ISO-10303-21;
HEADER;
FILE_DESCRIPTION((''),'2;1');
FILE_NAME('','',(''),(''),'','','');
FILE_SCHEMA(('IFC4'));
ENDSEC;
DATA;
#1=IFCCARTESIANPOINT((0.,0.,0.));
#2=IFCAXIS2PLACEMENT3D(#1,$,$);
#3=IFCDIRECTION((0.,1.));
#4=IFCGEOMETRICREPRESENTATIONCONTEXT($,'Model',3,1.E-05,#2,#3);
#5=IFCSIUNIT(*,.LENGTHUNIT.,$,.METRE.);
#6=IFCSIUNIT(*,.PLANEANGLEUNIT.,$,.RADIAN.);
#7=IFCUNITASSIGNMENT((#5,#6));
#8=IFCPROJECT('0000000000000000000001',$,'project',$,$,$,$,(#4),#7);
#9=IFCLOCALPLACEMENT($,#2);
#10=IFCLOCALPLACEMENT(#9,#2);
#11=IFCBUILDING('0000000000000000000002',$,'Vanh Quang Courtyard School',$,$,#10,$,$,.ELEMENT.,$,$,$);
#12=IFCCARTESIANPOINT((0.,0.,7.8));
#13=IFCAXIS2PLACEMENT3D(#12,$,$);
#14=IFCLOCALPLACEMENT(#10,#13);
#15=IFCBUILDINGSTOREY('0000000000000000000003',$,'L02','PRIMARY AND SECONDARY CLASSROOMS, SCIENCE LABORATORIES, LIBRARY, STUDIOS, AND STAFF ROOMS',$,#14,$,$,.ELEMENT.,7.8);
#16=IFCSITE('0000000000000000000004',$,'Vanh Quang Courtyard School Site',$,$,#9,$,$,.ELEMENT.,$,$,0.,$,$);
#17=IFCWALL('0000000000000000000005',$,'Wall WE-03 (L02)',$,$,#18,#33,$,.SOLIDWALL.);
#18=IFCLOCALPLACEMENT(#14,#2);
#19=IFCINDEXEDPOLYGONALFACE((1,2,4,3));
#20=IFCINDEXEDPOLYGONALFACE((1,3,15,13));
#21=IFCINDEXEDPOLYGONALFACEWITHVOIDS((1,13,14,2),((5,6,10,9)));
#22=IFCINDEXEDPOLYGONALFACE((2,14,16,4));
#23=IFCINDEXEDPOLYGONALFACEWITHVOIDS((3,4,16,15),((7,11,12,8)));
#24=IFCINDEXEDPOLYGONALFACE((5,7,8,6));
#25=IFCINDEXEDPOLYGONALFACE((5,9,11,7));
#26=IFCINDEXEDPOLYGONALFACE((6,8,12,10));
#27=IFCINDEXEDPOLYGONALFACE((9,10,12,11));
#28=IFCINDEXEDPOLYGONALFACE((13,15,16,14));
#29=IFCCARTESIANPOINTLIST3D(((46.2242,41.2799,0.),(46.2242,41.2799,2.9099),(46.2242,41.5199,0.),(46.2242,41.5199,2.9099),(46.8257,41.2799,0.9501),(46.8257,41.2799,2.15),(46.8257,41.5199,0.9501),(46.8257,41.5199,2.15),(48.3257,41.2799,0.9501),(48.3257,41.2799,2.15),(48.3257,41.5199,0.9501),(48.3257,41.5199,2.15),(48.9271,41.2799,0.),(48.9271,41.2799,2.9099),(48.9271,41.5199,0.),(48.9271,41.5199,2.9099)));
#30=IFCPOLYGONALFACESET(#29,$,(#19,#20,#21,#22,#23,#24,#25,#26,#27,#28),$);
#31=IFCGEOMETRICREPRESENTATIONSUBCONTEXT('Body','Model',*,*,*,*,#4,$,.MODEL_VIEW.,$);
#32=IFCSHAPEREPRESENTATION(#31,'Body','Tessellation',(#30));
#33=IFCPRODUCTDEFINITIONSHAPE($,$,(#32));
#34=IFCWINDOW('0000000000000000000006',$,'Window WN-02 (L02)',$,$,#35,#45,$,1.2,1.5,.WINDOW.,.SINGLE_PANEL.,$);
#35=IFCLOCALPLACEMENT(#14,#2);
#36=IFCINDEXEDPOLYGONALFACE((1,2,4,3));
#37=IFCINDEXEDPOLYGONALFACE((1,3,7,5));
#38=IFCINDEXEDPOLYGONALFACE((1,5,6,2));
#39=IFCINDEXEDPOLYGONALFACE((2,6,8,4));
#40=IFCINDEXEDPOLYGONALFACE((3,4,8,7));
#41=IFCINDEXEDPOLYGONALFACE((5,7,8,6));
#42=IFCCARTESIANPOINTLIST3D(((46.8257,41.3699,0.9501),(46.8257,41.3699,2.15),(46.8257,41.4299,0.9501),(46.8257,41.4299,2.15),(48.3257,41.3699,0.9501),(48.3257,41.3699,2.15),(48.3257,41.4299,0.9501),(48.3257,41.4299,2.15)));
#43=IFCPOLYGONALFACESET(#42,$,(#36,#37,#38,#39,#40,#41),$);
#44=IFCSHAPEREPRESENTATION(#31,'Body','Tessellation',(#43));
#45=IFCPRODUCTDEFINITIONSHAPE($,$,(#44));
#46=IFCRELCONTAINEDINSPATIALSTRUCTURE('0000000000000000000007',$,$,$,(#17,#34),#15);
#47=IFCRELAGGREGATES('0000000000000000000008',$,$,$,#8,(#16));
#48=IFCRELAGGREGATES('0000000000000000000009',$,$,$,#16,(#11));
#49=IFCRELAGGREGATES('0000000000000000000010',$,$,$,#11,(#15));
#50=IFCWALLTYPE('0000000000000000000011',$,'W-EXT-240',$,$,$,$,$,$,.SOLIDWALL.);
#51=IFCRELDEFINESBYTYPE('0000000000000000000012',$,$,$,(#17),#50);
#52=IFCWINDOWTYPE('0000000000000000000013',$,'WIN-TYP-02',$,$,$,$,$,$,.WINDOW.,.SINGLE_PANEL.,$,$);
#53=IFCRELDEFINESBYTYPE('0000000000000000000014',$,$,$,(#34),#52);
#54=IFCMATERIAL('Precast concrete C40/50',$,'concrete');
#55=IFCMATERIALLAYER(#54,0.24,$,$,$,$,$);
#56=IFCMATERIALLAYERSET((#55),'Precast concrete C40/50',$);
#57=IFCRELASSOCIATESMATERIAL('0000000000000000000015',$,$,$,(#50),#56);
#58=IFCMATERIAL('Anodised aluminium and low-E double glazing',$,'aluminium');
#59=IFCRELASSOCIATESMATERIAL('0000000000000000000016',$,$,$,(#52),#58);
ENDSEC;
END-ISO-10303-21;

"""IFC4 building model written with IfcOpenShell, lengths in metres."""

from ifc_helpers import new_model, si_unit, direction, frame, frame_2d, origin, place, context, subcontext, project, spatial, rectangle, extrude, material, layer, layer_set, type_object, element, fill, save


model = new_model("IFC4")

# Units and contexts
model_context = context("Model", 3, precision=1e-05, world=origin(), true_north=direction((0.0, 1.0)))
body_context = subcontext(model_context, "Body", "Model", "MODEL_VIEW")
ifc_project = project(units=[si_unit("LENGTHUNIT", "METRE"), si_unit("PLANEANGLEUNIT", "RADIAN")], contexts=[model_context])

# Site, building, storey
site_placement = place(None, origin())
site = spatial("IfcSite", under=ifc_project, at=site_placement, Name="Vanh Quang Courtyard School Site", CompositionType="ELEMENT", RefElevation=0.0)
building_placement = place(site_placement, origin())
building = spatial("IfcBuilding", under=site, at=building_placement, Name="Vanh Quang Courtyard School", CompositionType="ELEMENT")
storey_placement = place(building_placement, frame((0.0, 0.0, 7.8)))
storey = spatial("IfcBuildingStorey", under=building, at=storey_placement, Name="L02", Description="PRIMARY AND SECONDARY CLASSROOMS, SCIENCE LABORATORIES, LIBRARY, STUDIOS, AND STAFF ROOMS", CompositionType="ELEMENT", Elevation=7.8)

# Shared definitions
ifc_material_1 = material(Name="Precast concrete C40/50", Category="concrete")
ifc_layer_1 = layer(ifc_material_1, 0.24)
ifc_layer_set_1 = layer_set([ifc_layer_1], Name="Precast concrete C40/50")
wall_type_1 = type_object("IfcWallType", Name="W-EXT-240", PredefinedType="SOLIDWALL", material=ifc_layer_set_1)

# Wall, opening, window
wall_1_placement = place(storey_placement, frame((46.2241, 41.3999, 0.0), z_axis=(0.0, 0.0, 1.0), x_axis=(1.0, 0.0, 0.0)))
wall_1 = element("IfcWall", 1, at=wall_1_placement, inside=storey, type_object=wall_type_1, Name="Wall WE-03 (L02)", PredefinedType="SOLIDWALL", context=body_context, shape_type="SweptSolid", body=[
    extrude(rectangle(XDim=2.7029, YDim=0.24, at=frame_2d((1.3516, 0.0))), origin(), (0.0, 0.0, 1.0), 2.9099),
])
opening_placement = place(wall_1_placement, frame((0.6016, 0.0, 0.95)))
opening = element("IfcOpeningElement", 2, at=opening_placement, cuts=wall_1, PredefinedType="OPENING", context=body_context, shape_type="SweptSolid", body=[
    extrude(rectangle(XDim=1.5, YDim=1.2, at=frame_2d((0.75, 0.6001))), frame((0.0, 0.1299, 0.0), z_axis=(0.0, -1.0, 0.0), x_axis=(1.0, 0.0, 0.0)), (0.0, 0.0, 1.0), 0.26),
])
ifc_material_2 = material(Name="Anodised aluminium and low-E double glazing", Category="aluminium")
window_type = type_object("IfcWindowType", Name="WIN-TYP-02", PartitioningType="SINGLE_PANEL", PredefinedType="WINDOW", material=ifc_material_2)
window_placement = place(opening_placement, origin())
window = element("IfcWindow", 3, at=window_placement, inside=storey, type_object=window_type, Name="Window WN-02 (L02)", OverallHeight=1.2, OverallWidth=1.5, PartitioningType="SINGLE_PANEL", PredefinedType="WINDOW", context=body_context, shape_type="SweptSolid", body=[
    extrude(rectangle(XDim=1.5, YDim=1.2, at=frame_2d((0.75, 0.6001))), frame((0.0, 0.03, 0.0), z_axis=(0.0, -1.0, 0.0), x_axis=(1.0, 0.0, 0.0)), (0.0, 0.0, 1.0), 0.0601),
])
fill(opening, window)

save(model, "model.ifc")
